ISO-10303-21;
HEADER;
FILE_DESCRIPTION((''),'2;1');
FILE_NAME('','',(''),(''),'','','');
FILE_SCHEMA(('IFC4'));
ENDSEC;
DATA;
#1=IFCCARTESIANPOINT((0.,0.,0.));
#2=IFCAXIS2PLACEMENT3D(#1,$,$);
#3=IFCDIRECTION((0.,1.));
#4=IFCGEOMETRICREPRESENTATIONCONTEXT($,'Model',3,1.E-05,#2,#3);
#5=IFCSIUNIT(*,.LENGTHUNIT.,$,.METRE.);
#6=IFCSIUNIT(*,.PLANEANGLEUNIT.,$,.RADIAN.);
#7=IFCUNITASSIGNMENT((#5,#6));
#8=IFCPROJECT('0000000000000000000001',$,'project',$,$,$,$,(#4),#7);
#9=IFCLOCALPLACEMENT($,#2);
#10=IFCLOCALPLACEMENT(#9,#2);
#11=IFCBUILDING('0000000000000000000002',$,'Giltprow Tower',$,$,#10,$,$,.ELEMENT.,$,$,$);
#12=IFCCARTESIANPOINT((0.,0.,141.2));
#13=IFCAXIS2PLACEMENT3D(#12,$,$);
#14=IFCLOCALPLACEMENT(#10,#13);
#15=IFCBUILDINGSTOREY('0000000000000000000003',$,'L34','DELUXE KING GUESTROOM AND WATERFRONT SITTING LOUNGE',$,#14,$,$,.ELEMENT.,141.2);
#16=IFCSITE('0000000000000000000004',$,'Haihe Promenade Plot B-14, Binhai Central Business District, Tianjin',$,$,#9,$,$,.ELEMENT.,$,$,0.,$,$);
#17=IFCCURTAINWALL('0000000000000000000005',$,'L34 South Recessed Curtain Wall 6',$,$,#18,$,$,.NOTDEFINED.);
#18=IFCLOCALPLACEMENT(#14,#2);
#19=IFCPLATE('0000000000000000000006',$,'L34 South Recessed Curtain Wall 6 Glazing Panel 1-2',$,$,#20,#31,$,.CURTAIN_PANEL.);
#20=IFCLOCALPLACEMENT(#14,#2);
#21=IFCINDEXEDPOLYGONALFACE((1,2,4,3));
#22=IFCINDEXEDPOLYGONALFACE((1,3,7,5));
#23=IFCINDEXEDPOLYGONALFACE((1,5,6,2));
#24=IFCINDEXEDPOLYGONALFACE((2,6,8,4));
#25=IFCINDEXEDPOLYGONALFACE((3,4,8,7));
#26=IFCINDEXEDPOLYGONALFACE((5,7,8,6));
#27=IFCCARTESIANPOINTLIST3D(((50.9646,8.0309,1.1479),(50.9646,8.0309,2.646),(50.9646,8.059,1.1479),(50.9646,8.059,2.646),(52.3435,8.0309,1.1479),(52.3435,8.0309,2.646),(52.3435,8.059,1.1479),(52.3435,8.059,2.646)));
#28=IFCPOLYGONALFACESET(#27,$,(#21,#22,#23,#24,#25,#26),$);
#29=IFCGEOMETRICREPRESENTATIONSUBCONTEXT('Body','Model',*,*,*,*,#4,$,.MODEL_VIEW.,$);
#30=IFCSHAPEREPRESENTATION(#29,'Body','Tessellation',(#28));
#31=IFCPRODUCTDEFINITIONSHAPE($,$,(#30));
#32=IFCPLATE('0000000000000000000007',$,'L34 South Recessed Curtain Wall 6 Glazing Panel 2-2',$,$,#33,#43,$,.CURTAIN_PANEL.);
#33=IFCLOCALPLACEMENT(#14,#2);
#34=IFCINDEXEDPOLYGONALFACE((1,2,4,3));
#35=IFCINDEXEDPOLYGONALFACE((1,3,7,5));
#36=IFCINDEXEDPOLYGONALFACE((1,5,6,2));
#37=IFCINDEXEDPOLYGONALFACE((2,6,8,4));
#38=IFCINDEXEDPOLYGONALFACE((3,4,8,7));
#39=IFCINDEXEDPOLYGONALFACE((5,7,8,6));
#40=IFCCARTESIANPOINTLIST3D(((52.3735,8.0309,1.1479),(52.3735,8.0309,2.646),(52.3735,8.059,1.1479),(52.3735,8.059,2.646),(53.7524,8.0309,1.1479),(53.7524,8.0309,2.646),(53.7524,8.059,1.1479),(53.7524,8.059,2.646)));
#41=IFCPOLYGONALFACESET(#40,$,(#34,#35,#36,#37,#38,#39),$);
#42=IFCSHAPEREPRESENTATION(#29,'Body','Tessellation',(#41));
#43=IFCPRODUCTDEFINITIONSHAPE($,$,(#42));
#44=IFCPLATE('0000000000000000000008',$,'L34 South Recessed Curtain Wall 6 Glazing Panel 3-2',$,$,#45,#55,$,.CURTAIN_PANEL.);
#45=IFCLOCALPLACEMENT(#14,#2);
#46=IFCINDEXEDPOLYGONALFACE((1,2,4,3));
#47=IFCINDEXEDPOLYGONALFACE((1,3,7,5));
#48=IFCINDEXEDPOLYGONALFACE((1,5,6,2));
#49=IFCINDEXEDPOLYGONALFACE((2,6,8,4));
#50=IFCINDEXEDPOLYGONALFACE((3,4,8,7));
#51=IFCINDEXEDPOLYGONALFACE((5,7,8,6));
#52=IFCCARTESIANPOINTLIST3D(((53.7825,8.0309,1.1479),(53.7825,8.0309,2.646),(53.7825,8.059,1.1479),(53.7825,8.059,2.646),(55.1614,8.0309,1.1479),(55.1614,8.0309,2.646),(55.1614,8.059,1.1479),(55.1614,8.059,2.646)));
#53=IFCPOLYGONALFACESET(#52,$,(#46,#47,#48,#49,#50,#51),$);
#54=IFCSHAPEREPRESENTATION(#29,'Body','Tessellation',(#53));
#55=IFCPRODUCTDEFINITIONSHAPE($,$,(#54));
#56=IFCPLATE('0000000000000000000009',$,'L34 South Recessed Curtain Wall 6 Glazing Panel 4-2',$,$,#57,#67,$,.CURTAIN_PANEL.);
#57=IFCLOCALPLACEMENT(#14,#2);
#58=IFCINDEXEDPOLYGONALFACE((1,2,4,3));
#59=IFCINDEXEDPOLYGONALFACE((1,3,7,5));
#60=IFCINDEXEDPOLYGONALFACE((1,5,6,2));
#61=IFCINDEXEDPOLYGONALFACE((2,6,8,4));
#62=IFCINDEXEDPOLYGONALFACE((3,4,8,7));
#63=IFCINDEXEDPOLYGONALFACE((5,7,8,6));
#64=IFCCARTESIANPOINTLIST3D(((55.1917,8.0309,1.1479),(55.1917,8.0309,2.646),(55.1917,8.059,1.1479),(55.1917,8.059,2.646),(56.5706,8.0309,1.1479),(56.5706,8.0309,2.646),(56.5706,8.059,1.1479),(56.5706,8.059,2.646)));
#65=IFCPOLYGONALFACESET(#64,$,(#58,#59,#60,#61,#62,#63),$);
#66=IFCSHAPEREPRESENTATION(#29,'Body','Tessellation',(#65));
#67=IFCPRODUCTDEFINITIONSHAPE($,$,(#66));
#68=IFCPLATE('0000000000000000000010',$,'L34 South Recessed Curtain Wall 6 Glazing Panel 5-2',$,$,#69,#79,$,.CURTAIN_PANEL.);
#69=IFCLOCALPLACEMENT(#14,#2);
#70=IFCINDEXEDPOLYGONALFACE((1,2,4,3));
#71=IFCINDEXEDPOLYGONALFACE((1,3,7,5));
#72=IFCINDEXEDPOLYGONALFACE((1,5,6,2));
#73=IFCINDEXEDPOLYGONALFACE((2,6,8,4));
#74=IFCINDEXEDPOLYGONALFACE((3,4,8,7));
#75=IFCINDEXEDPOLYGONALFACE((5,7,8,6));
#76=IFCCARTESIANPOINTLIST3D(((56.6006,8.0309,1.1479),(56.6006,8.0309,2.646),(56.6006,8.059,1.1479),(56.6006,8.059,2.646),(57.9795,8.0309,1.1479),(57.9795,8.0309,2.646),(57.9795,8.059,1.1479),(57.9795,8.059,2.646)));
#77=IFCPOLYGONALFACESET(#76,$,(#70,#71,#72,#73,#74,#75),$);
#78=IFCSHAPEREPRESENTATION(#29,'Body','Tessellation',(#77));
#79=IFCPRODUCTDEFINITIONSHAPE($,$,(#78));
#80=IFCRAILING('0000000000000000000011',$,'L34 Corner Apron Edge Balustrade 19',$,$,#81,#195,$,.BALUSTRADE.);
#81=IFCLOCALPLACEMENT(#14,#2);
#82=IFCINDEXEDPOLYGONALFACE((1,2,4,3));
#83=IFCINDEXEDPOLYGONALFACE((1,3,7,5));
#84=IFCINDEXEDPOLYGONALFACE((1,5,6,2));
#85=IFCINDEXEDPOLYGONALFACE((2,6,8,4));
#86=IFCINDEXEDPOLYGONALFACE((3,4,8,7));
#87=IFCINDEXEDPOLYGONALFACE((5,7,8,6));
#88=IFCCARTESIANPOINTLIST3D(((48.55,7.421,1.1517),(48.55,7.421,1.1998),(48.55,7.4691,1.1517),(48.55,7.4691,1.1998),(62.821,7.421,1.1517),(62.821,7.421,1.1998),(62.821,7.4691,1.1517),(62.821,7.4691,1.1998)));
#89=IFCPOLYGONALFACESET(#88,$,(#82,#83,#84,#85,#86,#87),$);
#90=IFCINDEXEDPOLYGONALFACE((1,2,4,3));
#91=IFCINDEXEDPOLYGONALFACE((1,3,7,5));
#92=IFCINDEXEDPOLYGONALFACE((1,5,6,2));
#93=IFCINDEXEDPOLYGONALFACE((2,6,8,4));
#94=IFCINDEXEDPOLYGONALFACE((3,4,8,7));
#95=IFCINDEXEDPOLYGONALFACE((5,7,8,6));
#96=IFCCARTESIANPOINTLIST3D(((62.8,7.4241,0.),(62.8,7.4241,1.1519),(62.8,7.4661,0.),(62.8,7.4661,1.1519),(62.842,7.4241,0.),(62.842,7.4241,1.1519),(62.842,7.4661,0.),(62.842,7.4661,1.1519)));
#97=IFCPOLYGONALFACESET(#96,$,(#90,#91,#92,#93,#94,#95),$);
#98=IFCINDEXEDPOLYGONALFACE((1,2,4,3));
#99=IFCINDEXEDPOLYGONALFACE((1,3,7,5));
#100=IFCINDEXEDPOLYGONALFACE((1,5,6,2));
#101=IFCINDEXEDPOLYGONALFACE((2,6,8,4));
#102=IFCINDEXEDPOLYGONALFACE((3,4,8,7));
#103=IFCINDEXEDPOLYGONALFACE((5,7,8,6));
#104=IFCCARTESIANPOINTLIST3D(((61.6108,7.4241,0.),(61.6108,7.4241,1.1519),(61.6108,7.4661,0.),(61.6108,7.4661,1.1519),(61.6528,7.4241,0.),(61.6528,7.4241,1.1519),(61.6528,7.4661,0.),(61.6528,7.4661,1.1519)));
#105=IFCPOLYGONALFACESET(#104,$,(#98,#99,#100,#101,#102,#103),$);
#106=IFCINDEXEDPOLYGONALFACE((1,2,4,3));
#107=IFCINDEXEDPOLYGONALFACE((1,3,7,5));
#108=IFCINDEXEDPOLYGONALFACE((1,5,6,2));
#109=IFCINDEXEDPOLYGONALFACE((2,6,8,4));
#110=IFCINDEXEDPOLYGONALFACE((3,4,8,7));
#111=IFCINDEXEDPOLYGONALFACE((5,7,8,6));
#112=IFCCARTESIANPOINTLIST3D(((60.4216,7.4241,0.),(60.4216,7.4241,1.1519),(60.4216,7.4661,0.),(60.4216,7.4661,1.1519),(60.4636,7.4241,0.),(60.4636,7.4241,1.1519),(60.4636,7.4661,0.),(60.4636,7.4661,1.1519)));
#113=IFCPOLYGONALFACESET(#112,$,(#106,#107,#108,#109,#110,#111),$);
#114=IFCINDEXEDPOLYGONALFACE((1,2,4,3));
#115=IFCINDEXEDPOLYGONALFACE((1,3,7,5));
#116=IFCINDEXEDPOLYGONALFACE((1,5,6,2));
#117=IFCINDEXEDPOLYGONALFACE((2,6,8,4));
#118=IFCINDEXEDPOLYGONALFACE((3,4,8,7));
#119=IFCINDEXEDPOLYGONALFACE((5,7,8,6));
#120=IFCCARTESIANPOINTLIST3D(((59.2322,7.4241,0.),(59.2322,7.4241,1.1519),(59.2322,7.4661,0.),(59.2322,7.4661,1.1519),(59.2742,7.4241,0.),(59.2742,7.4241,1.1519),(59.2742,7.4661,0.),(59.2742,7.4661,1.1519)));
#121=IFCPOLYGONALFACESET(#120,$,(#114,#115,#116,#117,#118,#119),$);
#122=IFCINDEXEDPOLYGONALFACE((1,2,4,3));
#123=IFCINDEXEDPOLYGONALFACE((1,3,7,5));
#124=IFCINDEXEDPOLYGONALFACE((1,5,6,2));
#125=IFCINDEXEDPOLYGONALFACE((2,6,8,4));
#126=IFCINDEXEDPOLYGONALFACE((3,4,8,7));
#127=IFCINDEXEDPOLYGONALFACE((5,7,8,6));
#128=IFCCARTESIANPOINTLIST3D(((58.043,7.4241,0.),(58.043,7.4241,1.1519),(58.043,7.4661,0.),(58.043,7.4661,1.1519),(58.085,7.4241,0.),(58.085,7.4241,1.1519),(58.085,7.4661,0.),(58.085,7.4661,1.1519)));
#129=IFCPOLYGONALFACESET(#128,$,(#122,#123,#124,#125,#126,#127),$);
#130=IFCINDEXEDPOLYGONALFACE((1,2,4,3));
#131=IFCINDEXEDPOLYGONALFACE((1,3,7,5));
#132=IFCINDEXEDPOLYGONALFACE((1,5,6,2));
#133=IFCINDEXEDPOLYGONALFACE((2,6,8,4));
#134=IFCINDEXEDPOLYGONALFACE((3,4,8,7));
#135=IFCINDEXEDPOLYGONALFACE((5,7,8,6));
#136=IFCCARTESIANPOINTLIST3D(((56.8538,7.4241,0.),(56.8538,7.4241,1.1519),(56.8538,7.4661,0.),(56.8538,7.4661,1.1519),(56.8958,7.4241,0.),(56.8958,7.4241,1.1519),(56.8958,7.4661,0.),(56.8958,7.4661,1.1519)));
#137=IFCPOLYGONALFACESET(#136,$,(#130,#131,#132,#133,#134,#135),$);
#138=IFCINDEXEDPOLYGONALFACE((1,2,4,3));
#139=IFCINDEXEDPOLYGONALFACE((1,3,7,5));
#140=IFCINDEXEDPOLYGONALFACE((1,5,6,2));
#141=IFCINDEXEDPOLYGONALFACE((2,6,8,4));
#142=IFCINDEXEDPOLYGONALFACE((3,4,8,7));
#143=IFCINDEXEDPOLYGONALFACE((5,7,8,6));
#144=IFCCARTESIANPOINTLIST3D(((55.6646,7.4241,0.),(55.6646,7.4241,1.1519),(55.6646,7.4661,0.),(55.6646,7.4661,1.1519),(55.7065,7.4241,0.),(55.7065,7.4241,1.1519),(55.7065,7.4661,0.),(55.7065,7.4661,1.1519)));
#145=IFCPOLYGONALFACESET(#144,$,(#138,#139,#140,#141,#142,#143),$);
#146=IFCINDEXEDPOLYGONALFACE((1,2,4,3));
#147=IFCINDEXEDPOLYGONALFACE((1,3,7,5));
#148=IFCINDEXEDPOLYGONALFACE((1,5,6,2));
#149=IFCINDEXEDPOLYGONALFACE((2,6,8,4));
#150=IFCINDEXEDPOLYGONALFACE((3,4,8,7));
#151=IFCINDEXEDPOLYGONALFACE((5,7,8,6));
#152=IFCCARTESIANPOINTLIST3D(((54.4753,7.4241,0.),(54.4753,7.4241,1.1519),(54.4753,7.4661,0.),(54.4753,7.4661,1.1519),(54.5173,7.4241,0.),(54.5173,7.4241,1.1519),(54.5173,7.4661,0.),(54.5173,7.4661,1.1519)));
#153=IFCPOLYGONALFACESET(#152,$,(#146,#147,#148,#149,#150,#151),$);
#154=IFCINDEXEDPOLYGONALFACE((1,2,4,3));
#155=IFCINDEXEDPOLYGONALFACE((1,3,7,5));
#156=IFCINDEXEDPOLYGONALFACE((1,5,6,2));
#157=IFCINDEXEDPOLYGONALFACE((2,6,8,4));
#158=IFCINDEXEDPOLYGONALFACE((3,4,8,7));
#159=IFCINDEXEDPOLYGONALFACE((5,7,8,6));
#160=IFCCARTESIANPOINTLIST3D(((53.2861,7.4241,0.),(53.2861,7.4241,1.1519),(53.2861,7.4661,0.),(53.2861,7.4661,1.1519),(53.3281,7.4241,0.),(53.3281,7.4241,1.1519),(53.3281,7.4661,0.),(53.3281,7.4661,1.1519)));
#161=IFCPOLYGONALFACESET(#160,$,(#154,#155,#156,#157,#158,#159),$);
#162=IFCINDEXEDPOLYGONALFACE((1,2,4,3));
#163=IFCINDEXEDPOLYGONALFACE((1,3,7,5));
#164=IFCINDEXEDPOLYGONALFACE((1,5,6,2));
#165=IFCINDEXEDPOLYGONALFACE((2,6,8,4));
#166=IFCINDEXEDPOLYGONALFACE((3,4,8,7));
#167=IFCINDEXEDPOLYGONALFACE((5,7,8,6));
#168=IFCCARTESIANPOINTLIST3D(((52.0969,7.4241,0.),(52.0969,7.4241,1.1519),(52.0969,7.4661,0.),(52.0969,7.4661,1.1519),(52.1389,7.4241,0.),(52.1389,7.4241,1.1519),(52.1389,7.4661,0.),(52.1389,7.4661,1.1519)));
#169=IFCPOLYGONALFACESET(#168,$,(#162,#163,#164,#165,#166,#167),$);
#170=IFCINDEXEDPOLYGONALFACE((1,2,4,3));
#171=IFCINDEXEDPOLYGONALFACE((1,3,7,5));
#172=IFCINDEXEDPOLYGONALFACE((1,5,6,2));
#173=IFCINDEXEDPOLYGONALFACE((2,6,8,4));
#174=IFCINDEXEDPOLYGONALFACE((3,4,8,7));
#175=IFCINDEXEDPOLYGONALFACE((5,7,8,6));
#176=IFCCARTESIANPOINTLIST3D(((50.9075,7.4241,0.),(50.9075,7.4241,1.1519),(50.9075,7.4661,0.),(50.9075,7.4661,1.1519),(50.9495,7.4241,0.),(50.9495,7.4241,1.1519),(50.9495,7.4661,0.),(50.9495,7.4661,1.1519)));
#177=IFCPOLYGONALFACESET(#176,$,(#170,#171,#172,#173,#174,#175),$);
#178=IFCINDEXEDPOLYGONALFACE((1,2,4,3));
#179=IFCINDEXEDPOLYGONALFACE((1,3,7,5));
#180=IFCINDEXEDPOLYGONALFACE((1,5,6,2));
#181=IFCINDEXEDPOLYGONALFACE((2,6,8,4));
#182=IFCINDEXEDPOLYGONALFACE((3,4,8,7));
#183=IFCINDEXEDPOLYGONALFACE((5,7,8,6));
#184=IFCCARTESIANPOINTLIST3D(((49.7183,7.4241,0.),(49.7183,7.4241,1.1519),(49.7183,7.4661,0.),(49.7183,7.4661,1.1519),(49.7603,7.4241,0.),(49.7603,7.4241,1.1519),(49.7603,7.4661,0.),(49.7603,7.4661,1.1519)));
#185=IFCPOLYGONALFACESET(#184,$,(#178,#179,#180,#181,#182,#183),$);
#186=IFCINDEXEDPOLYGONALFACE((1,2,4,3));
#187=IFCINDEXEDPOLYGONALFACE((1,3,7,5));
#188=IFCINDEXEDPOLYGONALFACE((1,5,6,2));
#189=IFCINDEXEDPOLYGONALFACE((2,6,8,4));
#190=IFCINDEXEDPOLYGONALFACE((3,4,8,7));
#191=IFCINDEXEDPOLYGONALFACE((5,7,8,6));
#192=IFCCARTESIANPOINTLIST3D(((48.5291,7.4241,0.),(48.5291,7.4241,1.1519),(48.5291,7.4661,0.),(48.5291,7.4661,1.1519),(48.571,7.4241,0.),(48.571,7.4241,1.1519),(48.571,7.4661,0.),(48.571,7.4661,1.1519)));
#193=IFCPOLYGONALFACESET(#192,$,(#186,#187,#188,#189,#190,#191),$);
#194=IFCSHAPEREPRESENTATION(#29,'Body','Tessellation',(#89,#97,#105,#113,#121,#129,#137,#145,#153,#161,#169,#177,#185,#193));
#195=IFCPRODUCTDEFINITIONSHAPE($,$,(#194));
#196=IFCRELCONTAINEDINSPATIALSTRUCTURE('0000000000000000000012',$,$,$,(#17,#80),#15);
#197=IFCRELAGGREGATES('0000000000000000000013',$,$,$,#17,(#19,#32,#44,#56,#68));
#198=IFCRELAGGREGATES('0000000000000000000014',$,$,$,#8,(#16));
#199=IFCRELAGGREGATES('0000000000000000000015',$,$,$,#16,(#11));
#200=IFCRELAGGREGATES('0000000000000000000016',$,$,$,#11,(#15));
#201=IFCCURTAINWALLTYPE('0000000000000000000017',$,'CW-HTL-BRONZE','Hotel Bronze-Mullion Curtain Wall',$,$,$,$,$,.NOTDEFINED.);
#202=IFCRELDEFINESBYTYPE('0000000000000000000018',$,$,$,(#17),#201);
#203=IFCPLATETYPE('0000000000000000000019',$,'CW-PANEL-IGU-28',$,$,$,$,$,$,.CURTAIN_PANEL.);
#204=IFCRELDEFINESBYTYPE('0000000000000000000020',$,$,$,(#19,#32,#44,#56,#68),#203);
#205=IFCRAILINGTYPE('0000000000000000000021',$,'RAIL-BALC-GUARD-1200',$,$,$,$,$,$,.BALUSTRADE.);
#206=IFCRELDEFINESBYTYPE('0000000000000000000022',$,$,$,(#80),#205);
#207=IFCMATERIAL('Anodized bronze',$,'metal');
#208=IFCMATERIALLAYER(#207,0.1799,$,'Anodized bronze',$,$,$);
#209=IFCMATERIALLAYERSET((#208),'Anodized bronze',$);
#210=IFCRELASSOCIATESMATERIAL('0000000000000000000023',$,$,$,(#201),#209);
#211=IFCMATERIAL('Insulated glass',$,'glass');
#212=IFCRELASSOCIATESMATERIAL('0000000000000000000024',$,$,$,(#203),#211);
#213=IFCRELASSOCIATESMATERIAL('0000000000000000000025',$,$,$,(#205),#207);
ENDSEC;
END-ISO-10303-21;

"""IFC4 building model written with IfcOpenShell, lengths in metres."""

from ifc_helpers import new_model, si_unit, direction, frame, origin, origin_2d, place, context, subcontext, project, spatial, rectangle, extrude, source, transform, mapped, material, layer, layer_set, type_object, element, aggregate, save


model = new_model("IFC4")

# Units and contexts
model_context = context("Model", 3, precision=1e-05, world=origin(), true_north=direction((0.0, 1.0)))
body_context = subcontext(model_context, "Body", "Model", "MODEL_VIEW")
ifc_project = project(units=[si_unit("LENGTHUNIT", "METRE"), si_unit("PLANEANGLEUNIT", "RADIAN")], contexts=[model_context])

# Site, building, storey
site_placement = place(None, origin())
site = spatial("IfcSite", under=ifc_project, at=site_placement, Name="Haihe Promenade Plot B-14, Binhai Central Business District, Tianjin", CompositionType="ELEMENT", RefElevation=0.0)
building_placement = place(site_placement, origin())
building = spatial("IfcBuilding", under=site, at=building_placement, Name="Giltprow Tower", CompositionType="ELEMENT")
storey_placement = place(building_placement, frame((0.0, 0.0, 141.2)))
storey = spatial("IfcBuildingStorey", under=building, at=storey_placement, Name="L34", Description="DELUXE KING GUESTROOM AND WATERFRONT SITTING LOUNGE", CompositionType="ELEMENT", Elevation=141.2)

# Curtain wall, plates
ifc_material_1 = material(Name="Anodized bronze", Category="metal")
ifc_layer = layer(ifc_material_1, 0.1799, Name="Anodized bronze")
ifc_layer_set = layer_set([ifc_layer], Name="Anodized bronze")
curtain_wall_type = type_object("IfcCurtainWallType", Name="CW-HTL-BRONZE", Description="Hotel Bronze-Mullion Curtain Wall", PredefinedType="NOTDEFINED", material=ifc_layer_set)
curtain_wall_placement = place(storey_placement, origin())
curtain_wall = element("IfcCurtainWall", 1, at=curtain_wall_placement, inside=storey, type_object=curtain_wall_type, Name="L34 South Recessed Curtain Wall 6", PredefinedType="NOTDEFINED")
ifc_material_2 = material(Name="Insulated glass", Category="glass")
plate_type = type_object("IfcPlateType", Name="CW-PANEL-IGU-28", PredefinedType="CURTAIN_PANEL", material=ifc_material_2)
shared_shape_1 = source(origin(), body_context, "Body", "SweptSolid", [
    extrude(rectangle(XDim=1.3789, YDim=0.0281, at=origin_2d()), origin(), (0.0, 0.0, 1.0), 1.498),
])
plate_1_placement = place(storey_placement, frame((51.6541, 8.0449, 1.1479), z_axis=(0.0, 0.0, 1.0), x_axis=(1.0, 0.0, 0.0)))
plate_1 = element("IfcPlate", 2, at=plate_1_placement, type_object=plate_type, Name="L34 South Recessed Curtain Wall 6 Glazing Panel 1-2", PredefinedType="CURTAIN_PANEL", context=body_context, shape_type="MappedRepresentation", body=[
    mapped(shared_shape_1, transform((0.0, 0.0, 0.0), x_axis=(1.0, 0.0, 0.0), y_axis=(0.0, 1.0, 0.0), z_axis=(0.0, 0.0, 1.0), scale=1.0)),
])
plate_2_placement = place(storey_placement, frame((53.063, 8.0449, 1.1479), z_axis=(0.0, 0.0, 1.0), x_axis=(1.0, 0.0, 0.0)))
plate_2 = element("IfcPlate", 3, at=plate_2_placement, type_object=plate_type, Name="L34 South Recessed Curtain Wall 6 Glazing Panel 2-2", PredefinedType="CURTAIN_PANEL", context=body_context, shape_type="MappedRepresentation", body=[
    mapped(shared_shape_1, transform((0.0, 0.0, 0.0), x_axis=(1.0, 0.0, 0.0), y_axis=(0.0, 1.0, 0.0), z_axis=(0.0, 0.0, 1.0), scale=1.0)),
])
plate_3_placement = place(storey_placement, frame((54.4719, 8.0449, 1.1479), z_axis=(0.0, 0.0, 1.0), x_axis=(1.0, 0.0, 0.0)))
plate_3 = element("IfcPlate", 4, at=plate_3_placement, type_object=plate_type, Name="L34 South Recessed Curtain Wall 6 Glazing Panel 3-2", PredefinedType="CURTAIN_PANEL", context=body_context, shape_type="MappedRepresentation", body=[
    mapped(shared_shape_1, transform((0.0, 0.0, 0.0), x_axis=(1.0, 0.0, 0.0), y_axis=(0.0, 1.0, 0.0), z_axis=(0.0, 0.0, 1.0), scale=1.0)),
])
plate_4_placement = place(storey_placement, frame((55.8811, 8.0449, 1.1479), z_axis=(0.0, 0.0, 1.0), x_axis=(1.0, 0.0, 0.0)))
plate_4 = element("IfcPlate", 5, at=plate_4_placement, type_object=plate_type, Name="L34 South Recessed Curtain Wall 6 Glazing Panel 4-2", PredefinedType="CURTAIN_PANEL", context=body_context, shape_type="MappedRepresentation", body=[
    mapped(shared_shape_1, transform((0.0, 0.0, 0.0), x_axis=(1.0, 0.0, 0.0), y_axis=(0.0, 1.0, 0.0), z_axis=(0.0, 0.0, 1.0), scale=1.0)),
])
plate_5_placement = place(storey_placement, frame((57.29, 8.0449, 1.1479), z_axis=(0.0, 0.0, 1.0), x_axis=(1.0, 0.0, 0.0)))
plate_5 = element("IfcPlate", 6, at=plate_5_placement, type_object=plate_type, Name="L34 South Recessed Curtain Wall 6 Glazing Panel 5-2", PredefinedType="CURTAIN_PANEL", context=body_context, shape_type="MappedRepresentation", body=[
    mapped(shared_shape_1, transform((0.0, 0.0, 0.0), x_axis=(1.0, 0.0, 0.0), y_axis=(0.0, 1.0, 0.0), z_axis=(0.0, 0.0, 1.0), scale=1.0)),
])
aggregate(curtain_wall, [plate_1, plate_2, plate_3, plate_4, plate_5])

# Railing
railing_type = type_object("IfcRailingType", Name="RAIL-BALC-GUARD-1200", PredefinedType="BALUSTRADE", material=ifc_material_1)
railing_placement = place(storey_placement, frame((62.821, 7.4451, 0.0)))
element("IfcRailing", 7, at=railing_placement, inside=storey, type_object=railing_type, Name="L34 Corner Apron Edge Balustrade 19", PredefinedType="BALUSTRADE", context=body_context, shape_type="SweptSolid", body=[
    extrude(rectangle(XDim=0.0481, YDim=0.0481, at=origin_2d()), frame((0.0, 0.0, 1.1758), z_axis=(-1.0, 0.0, 0.0), x_axis=(0.0, -1.0, 0.0)), (0.0, 0.0, 1.0), 14.271),
    extrude(rectangle(XDim=0.042, YDim=0.042, at=origin_2d()), origin(), (0.0, 0.0, 1.0), 1.1519),
    extrude(rectangle(XDim=0.042, YDim=0.042, at=origin_2d()), frame((-1.1892, 0.0, 0.0)), (0.0, 0.0, 1.0), 1.1519),
    extrude(rectangle(XDim=0.042, YDim=0.042, at=origin_2d()), frame((-2.3784, 0.0, 0.0)), (0.0, 0.0, 1.0), 1.1519),
    extrude(rectangle(XDim=0.042, YDim=0.042, at=origin_2d()), frame((-3.5679, 0.0, 0.0)), (0.0, 0.0, 1.0), 1.1519),
    extrude(rectangle(XDim=0.042, YDim=0.042, at=origin_2d()), frame((-4.7571, 0.0, 0.0)), (0.0, 0.0, 1.0), 1.1519),
    extrude(rectangle(XDim=0.042, YDim=0.042, at=origin_2d()), frame((-5.9463, 0.0, 0.0)), (0.0, 0.0, 1.0), 1.1519),
    extrude(rectangle(XDim=0.042, YDim=0.042, at=origin_2d()), frame((-7.1355, 0.0, 0.0)), (0.0, 0.0, 1.0), 1.1519),
    extrude(rectangle(XDim=0.042, YDim=0.042, at=origin_2d()), frame((-8.3247, 0.0, 0.0)), (0.0, 0.0, 1.0), 1.1519),
    extrude(rectangle(XDim=0.042, YDim=0.042, at=origin_2d()), frame((-9.5139, 0.0, 0.0)), (0.0, 0.0, 1.0), 1.1519),
    extrude(rectangle(XDim=0.042, YDim=0.042, at=origin_2d()), frame((-10.7031, 0.0, 0.0)), (0.0, 0.0, 1.0), 1.1519),
    extrude(rectangle(XDim=0.042, YDim=0.042, at=origin_2d()), frame((-11.8926, 0.0, 0.0)), (0.0, 0.0, 1.0), 1.1519),
    extrude(rectangle(XDim=0.042, YDim=0.042, at=origin_2d()), frame((-13.0818, 0.0, 0.0)), (0.0, 0.0, 1.0), 1.1519),
    extrude(rectangle(XDim=0.042, YDim=0.042, at=origin_2d()), frame((-14.271, 0.0, 0.0)), (0.0, 0.0, 1.0), 1.1519),
])

save(model, "model.ifc")
